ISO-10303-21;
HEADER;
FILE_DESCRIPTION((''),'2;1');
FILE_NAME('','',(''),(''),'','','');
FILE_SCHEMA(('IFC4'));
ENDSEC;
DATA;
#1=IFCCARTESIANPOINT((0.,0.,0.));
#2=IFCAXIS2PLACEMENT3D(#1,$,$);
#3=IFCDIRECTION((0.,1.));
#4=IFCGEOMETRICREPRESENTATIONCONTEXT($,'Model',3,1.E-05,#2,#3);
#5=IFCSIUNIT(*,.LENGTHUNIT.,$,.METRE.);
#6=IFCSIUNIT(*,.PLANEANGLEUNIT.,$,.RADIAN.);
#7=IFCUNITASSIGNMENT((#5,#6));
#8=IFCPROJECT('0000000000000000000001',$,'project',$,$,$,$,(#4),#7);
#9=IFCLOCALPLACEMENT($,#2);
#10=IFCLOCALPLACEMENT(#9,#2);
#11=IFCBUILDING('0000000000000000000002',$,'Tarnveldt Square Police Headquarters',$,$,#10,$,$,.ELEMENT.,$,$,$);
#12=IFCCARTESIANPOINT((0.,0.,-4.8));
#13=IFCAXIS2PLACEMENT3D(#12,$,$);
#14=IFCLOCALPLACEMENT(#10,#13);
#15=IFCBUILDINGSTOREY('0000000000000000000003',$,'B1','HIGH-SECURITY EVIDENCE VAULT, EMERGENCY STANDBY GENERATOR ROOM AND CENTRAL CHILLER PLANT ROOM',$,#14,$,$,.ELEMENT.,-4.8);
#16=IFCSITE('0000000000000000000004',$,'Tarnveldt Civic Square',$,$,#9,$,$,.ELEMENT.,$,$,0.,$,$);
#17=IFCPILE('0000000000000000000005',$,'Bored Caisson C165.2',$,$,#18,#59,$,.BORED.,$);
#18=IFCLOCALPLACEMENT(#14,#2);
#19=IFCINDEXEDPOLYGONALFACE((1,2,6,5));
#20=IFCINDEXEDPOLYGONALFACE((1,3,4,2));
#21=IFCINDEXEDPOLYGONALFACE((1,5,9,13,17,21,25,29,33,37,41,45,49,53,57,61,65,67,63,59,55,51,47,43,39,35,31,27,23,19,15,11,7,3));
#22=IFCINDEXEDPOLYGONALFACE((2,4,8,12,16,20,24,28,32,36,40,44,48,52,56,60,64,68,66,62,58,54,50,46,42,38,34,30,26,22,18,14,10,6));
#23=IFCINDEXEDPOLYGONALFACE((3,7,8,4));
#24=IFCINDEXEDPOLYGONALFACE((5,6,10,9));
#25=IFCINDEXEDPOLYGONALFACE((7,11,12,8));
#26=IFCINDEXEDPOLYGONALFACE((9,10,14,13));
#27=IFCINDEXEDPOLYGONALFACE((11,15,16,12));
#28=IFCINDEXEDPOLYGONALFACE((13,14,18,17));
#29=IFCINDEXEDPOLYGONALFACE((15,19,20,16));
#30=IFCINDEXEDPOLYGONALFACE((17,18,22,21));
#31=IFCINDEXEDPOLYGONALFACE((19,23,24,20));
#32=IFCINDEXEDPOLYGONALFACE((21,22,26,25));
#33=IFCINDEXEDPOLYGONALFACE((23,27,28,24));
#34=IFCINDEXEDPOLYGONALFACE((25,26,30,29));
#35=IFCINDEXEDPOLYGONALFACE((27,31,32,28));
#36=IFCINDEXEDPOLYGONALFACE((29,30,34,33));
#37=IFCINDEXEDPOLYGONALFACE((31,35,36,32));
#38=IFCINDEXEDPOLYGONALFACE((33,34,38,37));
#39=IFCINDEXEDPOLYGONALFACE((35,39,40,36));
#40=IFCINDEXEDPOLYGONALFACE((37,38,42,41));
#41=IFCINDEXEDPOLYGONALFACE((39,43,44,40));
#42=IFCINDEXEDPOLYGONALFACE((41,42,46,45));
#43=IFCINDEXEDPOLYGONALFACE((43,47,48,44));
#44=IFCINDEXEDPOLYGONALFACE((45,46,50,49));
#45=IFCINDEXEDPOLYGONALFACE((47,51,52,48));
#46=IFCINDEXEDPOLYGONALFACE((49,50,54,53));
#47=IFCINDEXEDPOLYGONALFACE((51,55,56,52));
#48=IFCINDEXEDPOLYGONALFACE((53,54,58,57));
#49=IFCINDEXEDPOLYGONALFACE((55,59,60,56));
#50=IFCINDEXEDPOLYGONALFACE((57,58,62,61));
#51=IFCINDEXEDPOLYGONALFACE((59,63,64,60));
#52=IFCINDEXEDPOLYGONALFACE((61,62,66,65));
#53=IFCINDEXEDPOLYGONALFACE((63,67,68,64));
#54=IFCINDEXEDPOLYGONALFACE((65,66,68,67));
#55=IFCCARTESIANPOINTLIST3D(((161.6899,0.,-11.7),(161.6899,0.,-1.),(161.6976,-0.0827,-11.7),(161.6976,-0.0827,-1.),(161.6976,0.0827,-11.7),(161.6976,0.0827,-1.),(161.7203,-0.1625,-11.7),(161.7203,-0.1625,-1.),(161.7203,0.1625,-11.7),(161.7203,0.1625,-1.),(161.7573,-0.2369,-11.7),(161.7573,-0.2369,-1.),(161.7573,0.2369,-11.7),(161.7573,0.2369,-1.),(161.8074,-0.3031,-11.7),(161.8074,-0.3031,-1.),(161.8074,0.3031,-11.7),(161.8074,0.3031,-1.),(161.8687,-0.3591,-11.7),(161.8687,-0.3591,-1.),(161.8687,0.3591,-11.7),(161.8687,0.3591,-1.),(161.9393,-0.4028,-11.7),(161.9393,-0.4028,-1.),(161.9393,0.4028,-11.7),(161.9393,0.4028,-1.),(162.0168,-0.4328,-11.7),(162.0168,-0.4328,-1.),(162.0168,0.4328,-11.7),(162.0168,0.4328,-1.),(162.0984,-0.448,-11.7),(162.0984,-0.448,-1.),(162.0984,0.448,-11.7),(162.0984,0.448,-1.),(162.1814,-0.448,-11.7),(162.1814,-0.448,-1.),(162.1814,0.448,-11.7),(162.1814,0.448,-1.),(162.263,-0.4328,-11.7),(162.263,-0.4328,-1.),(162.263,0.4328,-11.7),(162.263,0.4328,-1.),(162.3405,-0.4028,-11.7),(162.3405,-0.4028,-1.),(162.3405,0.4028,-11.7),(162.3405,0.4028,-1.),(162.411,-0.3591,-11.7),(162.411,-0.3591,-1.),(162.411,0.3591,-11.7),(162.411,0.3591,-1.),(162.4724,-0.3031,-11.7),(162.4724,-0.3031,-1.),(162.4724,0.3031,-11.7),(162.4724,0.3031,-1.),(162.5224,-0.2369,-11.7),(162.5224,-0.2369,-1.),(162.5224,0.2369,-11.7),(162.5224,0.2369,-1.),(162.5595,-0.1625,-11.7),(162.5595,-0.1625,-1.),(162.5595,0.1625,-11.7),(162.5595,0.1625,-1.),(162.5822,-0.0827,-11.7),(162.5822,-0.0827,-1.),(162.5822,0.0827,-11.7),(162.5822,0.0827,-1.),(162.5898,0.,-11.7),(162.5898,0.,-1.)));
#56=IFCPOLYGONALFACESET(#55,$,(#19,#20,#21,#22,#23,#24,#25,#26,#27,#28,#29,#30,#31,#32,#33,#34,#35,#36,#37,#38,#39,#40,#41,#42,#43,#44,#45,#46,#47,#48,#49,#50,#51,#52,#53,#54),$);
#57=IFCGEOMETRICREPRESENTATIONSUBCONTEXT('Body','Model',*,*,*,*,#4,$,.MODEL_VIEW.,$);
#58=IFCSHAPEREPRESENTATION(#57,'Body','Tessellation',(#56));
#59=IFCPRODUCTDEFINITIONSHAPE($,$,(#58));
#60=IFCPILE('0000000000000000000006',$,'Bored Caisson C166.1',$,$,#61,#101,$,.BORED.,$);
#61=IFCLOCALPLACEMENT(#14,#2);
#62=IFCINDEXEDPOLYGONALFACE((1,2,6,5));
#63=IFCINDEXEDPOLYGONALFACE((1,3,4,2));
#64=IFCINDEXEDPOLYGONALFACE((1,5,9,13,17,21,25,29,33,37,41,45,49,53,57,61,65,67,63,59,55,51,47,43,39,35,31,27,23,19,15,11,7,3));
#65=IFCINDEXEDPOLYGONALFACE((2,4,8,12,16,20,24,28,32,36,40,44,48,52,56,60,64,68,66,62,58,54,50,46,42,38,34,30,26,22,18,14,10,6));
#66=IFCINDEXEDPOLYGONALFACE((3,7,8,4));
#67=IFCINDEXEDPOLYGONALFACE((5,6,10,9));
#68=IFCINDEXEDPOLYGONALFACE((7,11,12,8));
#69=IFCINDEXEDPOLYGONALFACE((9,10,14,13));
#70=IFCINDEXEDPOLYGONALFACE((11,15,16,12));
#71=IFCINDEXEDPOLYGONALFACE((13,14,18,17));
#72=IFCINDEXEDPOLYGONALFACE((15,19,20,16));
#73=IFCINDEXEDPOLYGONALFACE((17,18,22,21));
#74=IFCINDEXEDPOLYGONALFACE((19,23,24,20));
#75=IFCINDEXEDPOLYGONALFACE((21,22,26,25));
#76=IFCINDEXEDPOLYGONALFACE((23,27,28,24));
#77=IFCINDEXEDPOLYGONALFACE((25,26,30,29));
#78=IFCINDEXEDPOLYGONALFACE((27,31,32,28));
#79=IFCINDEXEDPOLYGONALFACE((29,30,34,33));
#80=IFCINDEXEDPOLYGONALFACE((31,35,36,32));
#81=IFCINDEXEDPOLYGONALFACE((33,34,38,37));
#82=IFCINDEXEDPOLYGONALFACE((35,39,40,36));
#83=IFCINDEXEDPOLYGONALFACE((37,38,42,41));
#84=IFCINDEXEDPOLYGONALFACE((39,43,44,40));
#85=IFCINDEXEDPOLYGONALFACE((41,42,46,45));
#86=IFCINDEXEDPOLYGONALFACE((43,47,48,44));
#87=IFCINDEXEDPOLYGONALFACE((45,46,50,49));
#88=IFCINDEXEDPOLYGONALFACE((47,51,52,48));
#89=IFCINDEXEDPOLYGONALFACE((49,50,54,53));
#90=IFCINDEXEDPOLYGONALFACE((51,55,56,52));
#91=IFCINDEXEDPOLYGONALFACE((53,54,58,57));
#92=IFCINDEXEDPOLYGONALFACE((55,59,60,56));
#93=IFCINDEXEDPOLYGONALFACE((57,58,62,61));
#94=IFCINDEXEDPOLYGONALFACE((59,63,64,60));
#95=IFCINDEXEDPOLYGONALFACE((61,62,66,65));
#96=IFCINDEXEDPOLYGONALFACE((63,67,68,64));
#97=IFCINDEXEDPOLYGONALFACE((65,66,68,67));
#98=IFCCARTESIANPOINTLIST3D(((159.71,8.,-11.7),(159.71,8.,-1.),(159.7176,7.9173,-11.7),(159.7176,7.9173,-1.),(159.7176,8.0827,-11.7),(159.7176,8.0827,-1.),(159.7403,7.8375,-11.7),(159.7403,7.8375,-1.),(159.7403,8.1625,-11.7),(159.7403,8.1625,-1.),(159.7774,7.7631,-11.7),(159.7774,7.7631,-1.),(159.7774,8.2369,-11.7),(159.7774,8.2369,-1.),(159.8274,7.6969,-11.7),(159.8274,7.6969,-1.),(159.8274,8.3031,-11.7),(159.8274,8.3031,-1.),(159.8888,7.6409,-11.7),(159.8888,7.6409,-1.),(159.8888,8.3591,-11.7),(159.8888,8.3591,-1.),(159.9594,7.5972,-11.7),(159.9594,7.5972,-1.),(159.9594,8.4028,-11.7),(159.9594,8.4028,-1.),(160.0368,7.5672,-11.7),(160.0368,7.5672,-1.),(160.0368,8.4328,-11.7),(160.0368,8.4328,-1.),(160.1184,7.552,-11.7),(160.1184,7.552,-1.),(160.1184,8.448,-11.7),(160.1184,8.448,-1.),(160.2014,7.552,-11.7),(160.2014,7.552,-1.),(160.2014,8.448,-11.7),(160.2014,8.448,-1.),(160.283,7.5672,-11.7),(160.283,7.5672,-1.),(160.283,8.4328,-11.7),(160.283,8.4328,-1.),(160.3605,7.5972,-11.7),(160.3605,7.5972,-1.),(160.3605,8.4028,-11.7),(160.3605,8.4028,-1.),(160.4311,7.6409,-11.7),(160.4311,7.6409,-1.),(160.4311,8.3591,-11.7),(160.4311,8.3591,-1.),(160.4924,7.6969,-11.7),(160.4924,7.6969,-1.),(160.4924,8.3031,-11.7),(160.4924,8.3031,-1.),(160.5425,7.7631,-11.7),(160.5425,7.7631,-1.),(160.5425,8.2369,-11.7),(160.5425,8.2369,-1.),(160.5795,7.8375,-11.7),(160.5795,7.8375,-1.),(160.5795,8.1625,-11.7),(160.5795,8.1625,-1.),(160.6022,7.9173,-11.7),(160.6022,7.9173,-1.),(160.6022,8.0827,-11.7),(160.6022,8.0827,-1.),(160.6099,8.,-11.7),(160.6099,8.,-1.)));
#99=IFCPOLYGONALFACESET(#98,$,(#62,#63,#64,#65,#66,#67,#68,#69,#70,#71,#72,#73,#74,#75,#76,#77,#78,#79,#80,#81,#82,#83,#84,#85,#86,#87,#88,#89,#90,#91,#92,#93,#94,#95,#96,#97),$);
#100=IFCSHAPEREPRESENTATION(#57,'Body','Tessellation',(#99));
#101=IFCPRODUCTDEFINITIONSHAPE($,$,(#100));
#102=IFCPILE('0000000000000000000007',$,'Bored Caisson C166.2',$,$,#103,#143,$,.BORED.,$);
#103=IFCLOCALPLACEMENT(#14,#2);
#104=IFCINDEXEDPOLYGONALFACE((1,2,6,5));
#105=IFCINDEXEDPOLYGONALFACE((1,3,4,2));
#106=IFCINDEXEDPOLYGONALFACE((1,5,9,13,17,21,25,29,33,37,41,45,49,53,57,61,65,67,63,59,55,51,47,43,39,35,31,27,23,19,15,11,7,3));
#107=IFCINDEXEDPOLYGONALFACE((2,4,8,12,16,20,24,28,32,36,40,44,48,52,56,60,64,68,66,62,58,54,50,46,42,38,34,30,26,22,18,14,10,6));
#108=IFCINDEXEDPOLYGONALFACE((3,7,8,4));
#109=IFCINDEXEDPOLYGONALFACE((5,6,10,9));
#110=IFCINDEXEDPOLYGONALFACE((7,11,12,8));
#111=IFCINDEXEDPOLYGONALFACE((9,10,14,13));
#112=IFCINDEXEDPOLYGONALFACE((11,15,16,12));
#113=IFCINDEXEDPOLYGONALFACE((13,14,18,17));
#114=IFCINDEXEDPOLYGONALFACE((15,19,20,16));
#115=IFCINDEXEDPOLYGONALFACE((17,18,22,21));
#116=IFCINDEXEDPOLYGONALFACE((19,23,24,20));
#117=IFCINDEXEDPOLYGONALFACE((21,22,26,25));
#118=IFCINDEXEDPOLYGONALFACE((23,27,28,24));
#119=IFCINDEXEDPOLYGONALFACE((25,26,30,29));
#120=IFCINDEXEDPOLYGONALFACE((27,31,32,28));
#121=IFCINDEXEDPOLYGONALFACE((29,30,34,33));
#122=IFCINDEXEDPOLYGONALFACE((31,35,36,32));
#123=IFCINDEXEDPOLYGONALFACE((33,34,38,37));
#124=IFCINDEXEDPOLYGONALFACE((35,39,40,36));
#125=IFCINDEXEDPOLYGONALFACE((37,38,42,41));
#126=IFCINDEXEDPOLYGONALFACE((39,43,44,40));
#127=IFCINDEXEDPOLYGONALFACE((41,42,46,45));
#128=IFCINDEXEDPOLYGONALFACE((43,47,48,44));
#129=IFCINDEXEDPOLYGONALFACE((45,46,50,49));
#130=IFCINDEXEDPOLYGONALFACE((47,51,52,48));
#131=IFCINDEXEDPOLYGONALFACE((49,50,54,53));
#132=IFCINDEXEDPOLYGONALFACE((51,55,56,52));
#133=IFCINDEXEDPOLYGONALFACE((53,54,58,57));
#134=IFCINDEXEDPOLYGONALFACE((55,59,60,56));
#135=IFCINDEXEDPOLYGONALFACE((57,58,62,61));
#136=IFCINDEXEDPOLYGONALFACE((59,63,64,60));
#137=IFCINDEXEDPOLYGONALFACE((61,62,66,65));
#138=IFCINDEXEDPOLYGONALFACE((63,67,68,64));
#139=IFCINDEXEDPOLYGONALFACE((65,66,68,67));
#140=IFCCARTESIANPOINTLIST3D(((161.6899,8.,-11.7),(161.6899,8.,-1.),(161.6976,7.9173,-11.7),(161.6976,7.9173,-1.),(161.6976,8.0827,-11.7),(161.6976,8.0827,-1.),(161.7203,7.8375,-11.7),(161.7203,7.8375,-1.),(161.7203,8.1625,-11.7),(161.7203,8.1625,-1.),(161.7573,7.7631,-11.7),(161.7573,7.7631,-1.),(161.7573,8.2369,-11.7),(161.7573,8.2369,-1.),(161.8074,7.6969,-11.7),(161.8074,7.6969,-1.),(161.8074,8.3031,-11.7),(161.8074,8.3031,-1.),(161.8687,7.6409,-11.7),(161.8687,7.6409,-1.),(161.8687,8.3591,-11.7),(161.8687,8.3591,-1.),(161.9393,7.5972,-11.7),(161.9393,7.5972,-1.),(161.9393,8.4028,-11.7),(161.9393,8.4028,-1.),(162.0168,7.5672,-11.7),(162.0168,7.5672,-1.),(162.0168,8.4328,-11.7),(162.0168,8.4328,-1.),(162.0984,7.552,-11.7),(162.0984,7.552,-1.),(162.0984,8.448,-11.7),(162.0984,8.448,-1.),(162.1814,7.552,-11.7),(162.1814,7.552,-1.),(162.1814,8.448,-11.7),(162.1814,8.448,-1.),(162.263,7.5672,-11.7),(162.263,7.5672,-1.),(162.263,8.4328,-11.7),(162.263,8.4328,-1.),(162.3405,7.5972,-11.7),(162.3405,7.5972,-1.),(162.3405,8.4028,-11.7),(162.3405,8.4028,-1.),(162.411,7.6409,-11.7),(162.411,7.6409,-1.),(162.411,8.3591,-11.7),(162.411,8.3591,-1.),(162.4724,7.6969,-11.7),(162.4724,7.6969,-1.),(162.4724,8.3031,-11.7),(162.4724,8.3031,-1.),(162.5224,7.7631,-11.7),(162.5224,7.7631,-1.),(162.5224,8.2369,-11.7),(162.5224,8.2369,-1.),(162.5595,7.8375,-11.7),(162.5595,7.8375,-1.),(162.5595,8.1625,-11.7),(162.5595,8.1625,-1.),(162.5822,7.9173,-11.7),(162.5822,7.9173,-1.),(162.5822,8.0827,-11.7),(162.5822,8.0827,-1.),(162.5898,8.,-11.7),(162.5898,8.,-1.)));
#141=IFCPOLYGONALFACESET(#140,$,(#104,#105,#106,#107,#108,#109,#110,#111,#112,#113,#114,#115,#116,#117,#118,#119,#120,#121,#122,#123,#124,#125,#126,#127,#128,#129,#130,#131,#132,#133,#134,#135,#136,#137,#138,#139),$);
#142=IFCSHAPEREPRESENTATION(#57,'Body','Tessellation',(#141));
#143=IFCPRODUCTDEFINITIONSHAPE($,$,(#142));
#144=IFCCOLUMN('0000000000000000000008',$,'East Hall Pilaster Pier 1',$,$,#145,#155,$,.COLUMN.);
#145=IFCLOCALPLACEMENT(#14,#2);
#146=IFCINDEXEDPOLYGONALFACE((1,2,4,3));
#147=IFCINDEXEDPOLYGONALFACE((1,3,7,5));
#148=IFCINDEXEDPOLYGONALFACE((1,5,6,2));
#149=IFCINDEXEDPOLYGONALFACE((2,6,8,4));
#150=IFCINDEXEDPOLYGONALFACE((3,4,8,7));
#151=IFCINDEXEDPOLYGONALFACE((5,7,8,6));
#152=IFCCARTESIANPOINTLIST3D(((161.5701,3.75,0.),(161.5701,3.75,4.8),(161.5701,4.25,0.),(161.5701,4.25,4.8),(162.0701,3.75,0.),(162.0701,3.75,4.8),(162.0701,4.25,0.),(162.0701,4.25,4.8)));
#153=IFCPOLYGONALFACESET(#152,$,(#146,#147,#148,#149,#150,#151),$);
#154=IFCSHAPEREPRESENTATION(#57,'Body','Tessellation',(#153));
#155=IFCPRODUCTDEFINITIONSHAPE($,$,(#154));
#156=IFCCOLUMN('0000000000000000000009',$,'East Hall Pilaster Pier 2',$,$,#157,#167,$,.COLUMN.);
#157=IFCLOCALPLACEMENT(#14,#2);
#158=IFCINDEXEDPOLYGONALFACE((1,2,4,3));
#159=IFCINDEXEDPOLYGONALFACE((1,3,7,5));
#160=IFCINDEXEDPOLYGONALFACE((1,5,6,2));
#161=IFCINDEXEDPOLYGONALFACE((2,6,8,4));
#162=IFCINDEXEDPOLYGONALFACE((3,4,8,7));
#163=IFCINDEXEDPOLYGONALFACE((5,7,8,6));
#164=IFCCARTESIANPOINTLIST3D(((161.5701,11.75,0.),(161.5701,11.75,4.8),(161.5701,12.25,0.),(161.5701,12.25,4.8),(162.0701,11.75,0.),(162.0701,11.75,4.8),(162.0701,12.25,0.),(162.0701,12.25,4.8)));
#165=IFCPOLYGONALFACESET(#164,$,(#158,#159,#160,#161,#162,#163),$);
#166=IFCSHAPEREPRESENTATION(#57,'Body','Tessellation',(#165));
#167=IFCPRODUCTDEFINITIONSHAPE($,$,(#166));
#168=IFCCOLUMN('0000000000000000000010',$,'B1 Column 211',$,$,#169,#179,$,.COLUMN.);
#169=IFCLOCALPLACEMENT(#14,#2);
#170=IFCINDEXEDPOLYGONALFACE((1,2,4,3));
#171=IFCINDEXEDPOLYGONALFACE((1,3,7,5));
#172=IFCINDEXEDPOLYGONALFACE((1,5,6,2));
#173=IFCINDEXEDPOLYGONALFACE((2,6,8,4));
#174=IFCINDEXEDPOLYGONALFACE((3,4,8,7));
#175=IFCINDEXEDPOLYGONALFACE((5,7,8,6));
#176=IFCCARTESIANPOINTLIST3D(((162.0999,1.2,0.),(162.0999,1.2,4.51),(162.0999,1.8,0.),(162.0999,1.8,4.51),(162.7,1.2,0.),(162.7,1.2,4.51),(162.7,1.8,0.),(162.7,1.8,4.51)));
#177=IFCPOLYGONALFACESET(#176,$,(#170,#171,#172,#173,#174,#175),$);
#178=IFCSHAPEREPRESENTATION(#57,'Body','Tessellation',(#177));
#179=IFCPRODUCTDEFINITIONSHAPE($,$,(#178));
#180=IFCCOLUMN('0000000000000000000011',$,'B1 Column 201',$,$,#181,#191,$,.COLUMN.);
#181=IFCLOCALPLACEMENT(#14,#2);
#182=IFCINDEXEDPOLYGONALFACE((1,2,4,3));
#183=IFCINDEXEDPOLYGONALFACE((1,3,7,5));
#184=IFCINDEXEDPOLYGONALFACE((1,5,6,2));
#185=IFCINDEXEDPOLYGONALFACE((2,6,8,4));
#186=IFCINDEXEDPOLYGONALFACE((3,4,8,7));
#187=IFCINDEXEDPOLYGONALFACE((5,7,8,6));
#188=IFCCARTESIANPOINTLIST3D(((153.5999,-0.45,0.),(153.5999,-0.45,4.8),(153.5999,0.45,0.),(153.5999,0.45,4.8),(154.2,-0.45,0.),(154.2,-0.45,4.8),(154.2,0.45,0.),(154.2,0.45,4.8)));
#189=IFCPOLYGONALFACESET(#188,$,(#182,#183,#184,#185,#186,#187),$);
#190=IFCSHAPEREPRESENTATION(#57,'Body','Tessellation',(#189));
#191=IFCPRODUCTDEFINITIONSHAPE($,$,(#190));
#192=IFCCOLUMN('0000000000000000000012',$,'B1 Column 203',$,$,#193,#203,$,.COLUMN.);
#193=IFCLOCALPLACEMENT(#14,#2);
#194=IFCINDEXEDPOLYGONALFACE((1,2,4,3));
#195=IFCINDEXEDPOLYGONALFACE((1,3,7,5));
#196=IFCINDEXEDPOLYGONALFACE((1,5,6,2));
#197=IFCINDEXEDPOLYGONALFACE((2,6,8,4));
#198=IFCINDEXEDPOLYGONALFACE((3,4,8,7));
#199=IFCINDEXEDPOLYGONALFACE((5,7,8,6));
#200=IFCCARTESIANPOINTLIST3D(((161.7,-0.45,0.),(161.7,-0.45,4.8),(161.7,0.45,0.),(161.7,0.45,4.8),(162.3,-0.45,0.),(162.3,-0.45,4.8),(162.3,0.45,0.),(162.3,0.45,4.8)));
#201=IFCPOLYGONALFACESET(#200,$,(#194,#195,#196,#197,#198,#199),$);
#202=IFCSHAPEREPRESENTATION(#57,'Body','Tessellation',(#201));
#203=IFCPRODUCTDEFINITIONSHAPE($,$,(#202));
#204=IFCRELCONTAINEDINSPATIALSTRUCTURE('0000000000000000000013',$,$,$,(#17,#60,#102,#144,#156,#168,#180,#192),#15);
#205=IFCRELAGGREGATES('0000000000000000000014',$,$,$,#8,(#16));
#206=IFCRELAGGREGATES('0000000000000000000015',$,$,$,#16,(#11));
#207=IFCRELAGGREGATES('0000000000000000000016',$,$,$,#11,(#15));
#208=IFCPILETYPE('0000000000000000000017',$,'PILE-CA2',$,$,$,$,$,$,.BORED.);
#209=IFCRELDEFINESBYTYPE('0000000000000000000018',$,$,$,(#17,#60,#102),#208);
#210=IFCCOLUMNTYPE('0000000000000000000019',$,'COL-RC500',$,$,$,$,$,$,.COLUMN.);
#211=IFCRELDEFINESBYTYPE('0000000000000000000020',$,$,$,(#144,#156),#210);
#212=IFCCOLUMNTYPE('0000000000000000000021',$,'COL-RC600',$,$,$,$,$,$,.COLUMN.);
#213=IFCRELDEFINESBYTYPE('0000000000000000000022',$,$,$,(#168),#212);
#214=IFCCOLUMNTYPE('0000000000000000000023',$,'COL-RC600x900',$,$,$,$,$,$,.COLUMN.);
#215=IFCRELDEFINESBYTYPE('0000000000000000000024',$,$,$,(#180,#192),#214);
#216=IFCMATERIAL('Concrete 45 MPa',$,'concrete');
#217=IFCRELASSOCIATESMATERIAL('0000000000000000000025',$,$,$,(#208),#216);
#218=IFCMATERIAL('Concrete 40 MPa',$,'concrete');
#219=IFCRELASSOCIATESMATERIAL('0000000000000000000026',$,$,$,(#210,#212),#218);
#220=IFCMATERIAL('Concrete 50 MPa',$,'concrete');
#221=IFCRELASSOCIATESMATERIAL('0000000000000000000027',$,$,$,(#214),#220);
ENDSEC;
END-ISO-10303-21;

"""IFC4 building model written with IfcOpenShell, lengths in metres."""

from ifc_helpers import new_model, si_unit, direction, frame, origin, origin_2d, place, context, subcontext, project, spatial, rectangle, circle, extrude, material, material_profile, profile_set, type_object, element, save


model = new_model("IFC4")

# Units and contexts
model_context = context("Model", 3, precision=1e-05, world=origin(), true_north=direction((0.0, 1.0)))
body_context = subcontext(model_context, "Body", "Model", "MODEL_VIEW")
ifc_project = project(units=[si_unit("LENGTHUNIT", "METRE"), si_unit("PLANEANGLEUNIT", "RADIAN")], contexts=[model_context])

# Site, building, storey
site_placement = place(None, origin())
site = spatial("IfcSite", under=ifc_project, at=site_placement, Name="Tarnveldt Civic Square", CompositionType="ELEMENT", RefElevation=0.0)
building_placement = place(site_placement, origin())
building = spatial("IfcBuilding", under=site, at=building_placement, Name="Tarnveldt Square Police Headquarters", CompositionType="ELEMENT")
storey_placement = place(building_placement, frame((0.0, 0.0, -4.8)))
storey = spatial("IfcBuildingStorey", under=building, at=storey_placement, Name="B1", Description="HIGH-SECURITY EVIDENCE VAULT, EMERGENCY STANDBY GENERATOR ROOM AND CENTRAL CHILLER PLANT ROOM", CompositionType="ELEMENT", Elevation=-4.8)

# Shared definitions
ifc_material_1 = material(Name="Concrete 45 MPa", Category="concrete")

# Piles
ifc_material_profile_1 = material_profile(ifc_material_1, circle(Radius=0.45, at=origin_2d()), Name="CAISSON-D900")
ifc_profile_set_1 = profile_set([ifc_material_profile_1], Name="Concrete 45 MPa")
pile_type_1 = type_object("IfcPileType", Name="PILE-CA2", PredefinedType="BORED", material=ifc_profile_set_1)
for number, where, z_axis, x_axis, name in (
    (1, (162.1399, 0.0, -1.0), (0.0, 0.0, -1.0), (1.0, 0.0, 0.0), "Bored Caisson C165.2"),
    (2, (160.1599, 8.0, -1.0), (0.0, 0.0, -1.0), (1.0, 0.0, 0.0), "Bored Caisson C166.1"),
    (3, (162.1399, 8.0, -1.0), (0.0, 0.0, -1.0), (1.0, 0.0, 0.0), "Bored Caisson C166.2"),
):
    element("IfcPile", number, at=place(storey_placement, frame(where, z_axis=z_axis, x_axis=x_axis)), inside=storey, type_object=pile_type_1, Name=name, PredefinedType="BORED", context=body_context, shape_type="SweptSolid", body=[
        extrude(circle(Radius=0.45, at=origin_2d()), origin(), (0.0, 0.0, 1.0), 10.7),
    ])

# Columns
ifc_material_2 = material(Name="Concrete 40 MPa", Category="concrete")
ifc_material_profile_2 = material_profile(ifc_material_2, rectangle(XDim=0.5, YDim=0.5, at=origin_2d()), Name="RC-C500x500")
ifc_profile_set_2 = profile_set([ifc_material_profile_2], Name="Concrete 40 MPa")
column_type_1 = type_object("IfcColumnType", Name="COL-RC500", PredefinedType="COLUMN", material=ifc_profile_set_2)
for number, where, z_axis, x_axis, name in (
    (4, (161.8201, 4.0, 0.0), (0.0, 0.0, 1.0), (1.0, 0.0, 0.0), "East Hall Pilaster Pier 1"),
    (5, (161.8201, 12.0, 0.0), (0.0, 0.0, 1.0), (1.0, 0.0, 0.0), "East Hall Pilaster Pier 2"),
):
    element("IfcColumn", number, at=place(storey_placement, frame(where, z_axis=z_axis, x_axis=x_axis)), inside=storey, type_object=column_type_1, Name=name, PredefinedType="COLUMN", context=body_context, shape_type="SweptSolid", body=[
        extrude(rectangle(XDim=0.5, YDim=0.5, at=origin_2d()), origin(), (0.0, 0.0, 1.0), 4.8),
    ])
ifc_material_profile_3 = material_profile(ifc_material_2, rectangle(XDim=0.6001, YDim=0.6001, at=origin_2d()), Name="RC-C600x600")
ifc_profile_set_3 = profile_set([ifc_material_profile_3], Name="Concrete 40 MPa")
column_type_2 = type_object("IfcColumnType", Name="COL-RC600", PredefinedType="COLUMN", material=ifc_profile_set_3)
column_1_placement = place(storey_placement, frame((162.3999, 1.5, 0.0), z_axis=(0.0, 0.0, 1.0), x_axis=(1.0, 0.0, 0.0)))
element("IfcColumn", 6, at=column_1_placement, inside=storey, type_object=column_type_2, Name="B1 Column 211", PredefinedType="COLUMN", context=body_context, shape_type="SweptSolid", body=[
    extrude(rectangle(XDim=0.6001, YDim=0.6001, at=origin_2d()), origin(), (0.0, 0.0, 1.0), 4.51),
])
ifc_material_3 = material(Name="Concrete 50 MPa", Category="concrete")
ifc_material_profile_4 = material_profile(ifc_material_3, rectangle(XDim=0.6001, YDim=0.8999, at=origin_2d()), Name="RC-C600x900")
ifc_profile_set_4 = profile_set([ifc_material_profile_4], Name="Concrete 50 MPa")
column_type_3 = type_object("IfcColumnType", Name="COL-RC600x900", PredefinedType="COLUMN", material=ifc_profile_set_4)
for number, where, z_axis, x_axis, name in (
    (7, (153.8999, 0.0, 0.0), (0.0, 0.0, 1.0), (1.0, 0.0, 0.0), "B1 Column 201"),
    (8, (162.0, 0.0, 0.0), (0.0, 0.0, 1.0), (1.0, 0.0, 0.0), "B1 Column 203"),
):
    element("IfcColumn", number, at=place(storey_placement, frame(where, z_axis=z_axis, x_axis=x_axis)), inside=storey, type_object=column_type_3, Name=name, PredefinedType="COLUMN", context=body_context, shape_type="SweptSolid", body=[
        extrude(rectangle(XDim=0.6001, YDim=0.8999, at=origin_2d()), origin(), (0.0, 0.0, 1.0), 4.8),
    ])

save(model, "model.ifc")
